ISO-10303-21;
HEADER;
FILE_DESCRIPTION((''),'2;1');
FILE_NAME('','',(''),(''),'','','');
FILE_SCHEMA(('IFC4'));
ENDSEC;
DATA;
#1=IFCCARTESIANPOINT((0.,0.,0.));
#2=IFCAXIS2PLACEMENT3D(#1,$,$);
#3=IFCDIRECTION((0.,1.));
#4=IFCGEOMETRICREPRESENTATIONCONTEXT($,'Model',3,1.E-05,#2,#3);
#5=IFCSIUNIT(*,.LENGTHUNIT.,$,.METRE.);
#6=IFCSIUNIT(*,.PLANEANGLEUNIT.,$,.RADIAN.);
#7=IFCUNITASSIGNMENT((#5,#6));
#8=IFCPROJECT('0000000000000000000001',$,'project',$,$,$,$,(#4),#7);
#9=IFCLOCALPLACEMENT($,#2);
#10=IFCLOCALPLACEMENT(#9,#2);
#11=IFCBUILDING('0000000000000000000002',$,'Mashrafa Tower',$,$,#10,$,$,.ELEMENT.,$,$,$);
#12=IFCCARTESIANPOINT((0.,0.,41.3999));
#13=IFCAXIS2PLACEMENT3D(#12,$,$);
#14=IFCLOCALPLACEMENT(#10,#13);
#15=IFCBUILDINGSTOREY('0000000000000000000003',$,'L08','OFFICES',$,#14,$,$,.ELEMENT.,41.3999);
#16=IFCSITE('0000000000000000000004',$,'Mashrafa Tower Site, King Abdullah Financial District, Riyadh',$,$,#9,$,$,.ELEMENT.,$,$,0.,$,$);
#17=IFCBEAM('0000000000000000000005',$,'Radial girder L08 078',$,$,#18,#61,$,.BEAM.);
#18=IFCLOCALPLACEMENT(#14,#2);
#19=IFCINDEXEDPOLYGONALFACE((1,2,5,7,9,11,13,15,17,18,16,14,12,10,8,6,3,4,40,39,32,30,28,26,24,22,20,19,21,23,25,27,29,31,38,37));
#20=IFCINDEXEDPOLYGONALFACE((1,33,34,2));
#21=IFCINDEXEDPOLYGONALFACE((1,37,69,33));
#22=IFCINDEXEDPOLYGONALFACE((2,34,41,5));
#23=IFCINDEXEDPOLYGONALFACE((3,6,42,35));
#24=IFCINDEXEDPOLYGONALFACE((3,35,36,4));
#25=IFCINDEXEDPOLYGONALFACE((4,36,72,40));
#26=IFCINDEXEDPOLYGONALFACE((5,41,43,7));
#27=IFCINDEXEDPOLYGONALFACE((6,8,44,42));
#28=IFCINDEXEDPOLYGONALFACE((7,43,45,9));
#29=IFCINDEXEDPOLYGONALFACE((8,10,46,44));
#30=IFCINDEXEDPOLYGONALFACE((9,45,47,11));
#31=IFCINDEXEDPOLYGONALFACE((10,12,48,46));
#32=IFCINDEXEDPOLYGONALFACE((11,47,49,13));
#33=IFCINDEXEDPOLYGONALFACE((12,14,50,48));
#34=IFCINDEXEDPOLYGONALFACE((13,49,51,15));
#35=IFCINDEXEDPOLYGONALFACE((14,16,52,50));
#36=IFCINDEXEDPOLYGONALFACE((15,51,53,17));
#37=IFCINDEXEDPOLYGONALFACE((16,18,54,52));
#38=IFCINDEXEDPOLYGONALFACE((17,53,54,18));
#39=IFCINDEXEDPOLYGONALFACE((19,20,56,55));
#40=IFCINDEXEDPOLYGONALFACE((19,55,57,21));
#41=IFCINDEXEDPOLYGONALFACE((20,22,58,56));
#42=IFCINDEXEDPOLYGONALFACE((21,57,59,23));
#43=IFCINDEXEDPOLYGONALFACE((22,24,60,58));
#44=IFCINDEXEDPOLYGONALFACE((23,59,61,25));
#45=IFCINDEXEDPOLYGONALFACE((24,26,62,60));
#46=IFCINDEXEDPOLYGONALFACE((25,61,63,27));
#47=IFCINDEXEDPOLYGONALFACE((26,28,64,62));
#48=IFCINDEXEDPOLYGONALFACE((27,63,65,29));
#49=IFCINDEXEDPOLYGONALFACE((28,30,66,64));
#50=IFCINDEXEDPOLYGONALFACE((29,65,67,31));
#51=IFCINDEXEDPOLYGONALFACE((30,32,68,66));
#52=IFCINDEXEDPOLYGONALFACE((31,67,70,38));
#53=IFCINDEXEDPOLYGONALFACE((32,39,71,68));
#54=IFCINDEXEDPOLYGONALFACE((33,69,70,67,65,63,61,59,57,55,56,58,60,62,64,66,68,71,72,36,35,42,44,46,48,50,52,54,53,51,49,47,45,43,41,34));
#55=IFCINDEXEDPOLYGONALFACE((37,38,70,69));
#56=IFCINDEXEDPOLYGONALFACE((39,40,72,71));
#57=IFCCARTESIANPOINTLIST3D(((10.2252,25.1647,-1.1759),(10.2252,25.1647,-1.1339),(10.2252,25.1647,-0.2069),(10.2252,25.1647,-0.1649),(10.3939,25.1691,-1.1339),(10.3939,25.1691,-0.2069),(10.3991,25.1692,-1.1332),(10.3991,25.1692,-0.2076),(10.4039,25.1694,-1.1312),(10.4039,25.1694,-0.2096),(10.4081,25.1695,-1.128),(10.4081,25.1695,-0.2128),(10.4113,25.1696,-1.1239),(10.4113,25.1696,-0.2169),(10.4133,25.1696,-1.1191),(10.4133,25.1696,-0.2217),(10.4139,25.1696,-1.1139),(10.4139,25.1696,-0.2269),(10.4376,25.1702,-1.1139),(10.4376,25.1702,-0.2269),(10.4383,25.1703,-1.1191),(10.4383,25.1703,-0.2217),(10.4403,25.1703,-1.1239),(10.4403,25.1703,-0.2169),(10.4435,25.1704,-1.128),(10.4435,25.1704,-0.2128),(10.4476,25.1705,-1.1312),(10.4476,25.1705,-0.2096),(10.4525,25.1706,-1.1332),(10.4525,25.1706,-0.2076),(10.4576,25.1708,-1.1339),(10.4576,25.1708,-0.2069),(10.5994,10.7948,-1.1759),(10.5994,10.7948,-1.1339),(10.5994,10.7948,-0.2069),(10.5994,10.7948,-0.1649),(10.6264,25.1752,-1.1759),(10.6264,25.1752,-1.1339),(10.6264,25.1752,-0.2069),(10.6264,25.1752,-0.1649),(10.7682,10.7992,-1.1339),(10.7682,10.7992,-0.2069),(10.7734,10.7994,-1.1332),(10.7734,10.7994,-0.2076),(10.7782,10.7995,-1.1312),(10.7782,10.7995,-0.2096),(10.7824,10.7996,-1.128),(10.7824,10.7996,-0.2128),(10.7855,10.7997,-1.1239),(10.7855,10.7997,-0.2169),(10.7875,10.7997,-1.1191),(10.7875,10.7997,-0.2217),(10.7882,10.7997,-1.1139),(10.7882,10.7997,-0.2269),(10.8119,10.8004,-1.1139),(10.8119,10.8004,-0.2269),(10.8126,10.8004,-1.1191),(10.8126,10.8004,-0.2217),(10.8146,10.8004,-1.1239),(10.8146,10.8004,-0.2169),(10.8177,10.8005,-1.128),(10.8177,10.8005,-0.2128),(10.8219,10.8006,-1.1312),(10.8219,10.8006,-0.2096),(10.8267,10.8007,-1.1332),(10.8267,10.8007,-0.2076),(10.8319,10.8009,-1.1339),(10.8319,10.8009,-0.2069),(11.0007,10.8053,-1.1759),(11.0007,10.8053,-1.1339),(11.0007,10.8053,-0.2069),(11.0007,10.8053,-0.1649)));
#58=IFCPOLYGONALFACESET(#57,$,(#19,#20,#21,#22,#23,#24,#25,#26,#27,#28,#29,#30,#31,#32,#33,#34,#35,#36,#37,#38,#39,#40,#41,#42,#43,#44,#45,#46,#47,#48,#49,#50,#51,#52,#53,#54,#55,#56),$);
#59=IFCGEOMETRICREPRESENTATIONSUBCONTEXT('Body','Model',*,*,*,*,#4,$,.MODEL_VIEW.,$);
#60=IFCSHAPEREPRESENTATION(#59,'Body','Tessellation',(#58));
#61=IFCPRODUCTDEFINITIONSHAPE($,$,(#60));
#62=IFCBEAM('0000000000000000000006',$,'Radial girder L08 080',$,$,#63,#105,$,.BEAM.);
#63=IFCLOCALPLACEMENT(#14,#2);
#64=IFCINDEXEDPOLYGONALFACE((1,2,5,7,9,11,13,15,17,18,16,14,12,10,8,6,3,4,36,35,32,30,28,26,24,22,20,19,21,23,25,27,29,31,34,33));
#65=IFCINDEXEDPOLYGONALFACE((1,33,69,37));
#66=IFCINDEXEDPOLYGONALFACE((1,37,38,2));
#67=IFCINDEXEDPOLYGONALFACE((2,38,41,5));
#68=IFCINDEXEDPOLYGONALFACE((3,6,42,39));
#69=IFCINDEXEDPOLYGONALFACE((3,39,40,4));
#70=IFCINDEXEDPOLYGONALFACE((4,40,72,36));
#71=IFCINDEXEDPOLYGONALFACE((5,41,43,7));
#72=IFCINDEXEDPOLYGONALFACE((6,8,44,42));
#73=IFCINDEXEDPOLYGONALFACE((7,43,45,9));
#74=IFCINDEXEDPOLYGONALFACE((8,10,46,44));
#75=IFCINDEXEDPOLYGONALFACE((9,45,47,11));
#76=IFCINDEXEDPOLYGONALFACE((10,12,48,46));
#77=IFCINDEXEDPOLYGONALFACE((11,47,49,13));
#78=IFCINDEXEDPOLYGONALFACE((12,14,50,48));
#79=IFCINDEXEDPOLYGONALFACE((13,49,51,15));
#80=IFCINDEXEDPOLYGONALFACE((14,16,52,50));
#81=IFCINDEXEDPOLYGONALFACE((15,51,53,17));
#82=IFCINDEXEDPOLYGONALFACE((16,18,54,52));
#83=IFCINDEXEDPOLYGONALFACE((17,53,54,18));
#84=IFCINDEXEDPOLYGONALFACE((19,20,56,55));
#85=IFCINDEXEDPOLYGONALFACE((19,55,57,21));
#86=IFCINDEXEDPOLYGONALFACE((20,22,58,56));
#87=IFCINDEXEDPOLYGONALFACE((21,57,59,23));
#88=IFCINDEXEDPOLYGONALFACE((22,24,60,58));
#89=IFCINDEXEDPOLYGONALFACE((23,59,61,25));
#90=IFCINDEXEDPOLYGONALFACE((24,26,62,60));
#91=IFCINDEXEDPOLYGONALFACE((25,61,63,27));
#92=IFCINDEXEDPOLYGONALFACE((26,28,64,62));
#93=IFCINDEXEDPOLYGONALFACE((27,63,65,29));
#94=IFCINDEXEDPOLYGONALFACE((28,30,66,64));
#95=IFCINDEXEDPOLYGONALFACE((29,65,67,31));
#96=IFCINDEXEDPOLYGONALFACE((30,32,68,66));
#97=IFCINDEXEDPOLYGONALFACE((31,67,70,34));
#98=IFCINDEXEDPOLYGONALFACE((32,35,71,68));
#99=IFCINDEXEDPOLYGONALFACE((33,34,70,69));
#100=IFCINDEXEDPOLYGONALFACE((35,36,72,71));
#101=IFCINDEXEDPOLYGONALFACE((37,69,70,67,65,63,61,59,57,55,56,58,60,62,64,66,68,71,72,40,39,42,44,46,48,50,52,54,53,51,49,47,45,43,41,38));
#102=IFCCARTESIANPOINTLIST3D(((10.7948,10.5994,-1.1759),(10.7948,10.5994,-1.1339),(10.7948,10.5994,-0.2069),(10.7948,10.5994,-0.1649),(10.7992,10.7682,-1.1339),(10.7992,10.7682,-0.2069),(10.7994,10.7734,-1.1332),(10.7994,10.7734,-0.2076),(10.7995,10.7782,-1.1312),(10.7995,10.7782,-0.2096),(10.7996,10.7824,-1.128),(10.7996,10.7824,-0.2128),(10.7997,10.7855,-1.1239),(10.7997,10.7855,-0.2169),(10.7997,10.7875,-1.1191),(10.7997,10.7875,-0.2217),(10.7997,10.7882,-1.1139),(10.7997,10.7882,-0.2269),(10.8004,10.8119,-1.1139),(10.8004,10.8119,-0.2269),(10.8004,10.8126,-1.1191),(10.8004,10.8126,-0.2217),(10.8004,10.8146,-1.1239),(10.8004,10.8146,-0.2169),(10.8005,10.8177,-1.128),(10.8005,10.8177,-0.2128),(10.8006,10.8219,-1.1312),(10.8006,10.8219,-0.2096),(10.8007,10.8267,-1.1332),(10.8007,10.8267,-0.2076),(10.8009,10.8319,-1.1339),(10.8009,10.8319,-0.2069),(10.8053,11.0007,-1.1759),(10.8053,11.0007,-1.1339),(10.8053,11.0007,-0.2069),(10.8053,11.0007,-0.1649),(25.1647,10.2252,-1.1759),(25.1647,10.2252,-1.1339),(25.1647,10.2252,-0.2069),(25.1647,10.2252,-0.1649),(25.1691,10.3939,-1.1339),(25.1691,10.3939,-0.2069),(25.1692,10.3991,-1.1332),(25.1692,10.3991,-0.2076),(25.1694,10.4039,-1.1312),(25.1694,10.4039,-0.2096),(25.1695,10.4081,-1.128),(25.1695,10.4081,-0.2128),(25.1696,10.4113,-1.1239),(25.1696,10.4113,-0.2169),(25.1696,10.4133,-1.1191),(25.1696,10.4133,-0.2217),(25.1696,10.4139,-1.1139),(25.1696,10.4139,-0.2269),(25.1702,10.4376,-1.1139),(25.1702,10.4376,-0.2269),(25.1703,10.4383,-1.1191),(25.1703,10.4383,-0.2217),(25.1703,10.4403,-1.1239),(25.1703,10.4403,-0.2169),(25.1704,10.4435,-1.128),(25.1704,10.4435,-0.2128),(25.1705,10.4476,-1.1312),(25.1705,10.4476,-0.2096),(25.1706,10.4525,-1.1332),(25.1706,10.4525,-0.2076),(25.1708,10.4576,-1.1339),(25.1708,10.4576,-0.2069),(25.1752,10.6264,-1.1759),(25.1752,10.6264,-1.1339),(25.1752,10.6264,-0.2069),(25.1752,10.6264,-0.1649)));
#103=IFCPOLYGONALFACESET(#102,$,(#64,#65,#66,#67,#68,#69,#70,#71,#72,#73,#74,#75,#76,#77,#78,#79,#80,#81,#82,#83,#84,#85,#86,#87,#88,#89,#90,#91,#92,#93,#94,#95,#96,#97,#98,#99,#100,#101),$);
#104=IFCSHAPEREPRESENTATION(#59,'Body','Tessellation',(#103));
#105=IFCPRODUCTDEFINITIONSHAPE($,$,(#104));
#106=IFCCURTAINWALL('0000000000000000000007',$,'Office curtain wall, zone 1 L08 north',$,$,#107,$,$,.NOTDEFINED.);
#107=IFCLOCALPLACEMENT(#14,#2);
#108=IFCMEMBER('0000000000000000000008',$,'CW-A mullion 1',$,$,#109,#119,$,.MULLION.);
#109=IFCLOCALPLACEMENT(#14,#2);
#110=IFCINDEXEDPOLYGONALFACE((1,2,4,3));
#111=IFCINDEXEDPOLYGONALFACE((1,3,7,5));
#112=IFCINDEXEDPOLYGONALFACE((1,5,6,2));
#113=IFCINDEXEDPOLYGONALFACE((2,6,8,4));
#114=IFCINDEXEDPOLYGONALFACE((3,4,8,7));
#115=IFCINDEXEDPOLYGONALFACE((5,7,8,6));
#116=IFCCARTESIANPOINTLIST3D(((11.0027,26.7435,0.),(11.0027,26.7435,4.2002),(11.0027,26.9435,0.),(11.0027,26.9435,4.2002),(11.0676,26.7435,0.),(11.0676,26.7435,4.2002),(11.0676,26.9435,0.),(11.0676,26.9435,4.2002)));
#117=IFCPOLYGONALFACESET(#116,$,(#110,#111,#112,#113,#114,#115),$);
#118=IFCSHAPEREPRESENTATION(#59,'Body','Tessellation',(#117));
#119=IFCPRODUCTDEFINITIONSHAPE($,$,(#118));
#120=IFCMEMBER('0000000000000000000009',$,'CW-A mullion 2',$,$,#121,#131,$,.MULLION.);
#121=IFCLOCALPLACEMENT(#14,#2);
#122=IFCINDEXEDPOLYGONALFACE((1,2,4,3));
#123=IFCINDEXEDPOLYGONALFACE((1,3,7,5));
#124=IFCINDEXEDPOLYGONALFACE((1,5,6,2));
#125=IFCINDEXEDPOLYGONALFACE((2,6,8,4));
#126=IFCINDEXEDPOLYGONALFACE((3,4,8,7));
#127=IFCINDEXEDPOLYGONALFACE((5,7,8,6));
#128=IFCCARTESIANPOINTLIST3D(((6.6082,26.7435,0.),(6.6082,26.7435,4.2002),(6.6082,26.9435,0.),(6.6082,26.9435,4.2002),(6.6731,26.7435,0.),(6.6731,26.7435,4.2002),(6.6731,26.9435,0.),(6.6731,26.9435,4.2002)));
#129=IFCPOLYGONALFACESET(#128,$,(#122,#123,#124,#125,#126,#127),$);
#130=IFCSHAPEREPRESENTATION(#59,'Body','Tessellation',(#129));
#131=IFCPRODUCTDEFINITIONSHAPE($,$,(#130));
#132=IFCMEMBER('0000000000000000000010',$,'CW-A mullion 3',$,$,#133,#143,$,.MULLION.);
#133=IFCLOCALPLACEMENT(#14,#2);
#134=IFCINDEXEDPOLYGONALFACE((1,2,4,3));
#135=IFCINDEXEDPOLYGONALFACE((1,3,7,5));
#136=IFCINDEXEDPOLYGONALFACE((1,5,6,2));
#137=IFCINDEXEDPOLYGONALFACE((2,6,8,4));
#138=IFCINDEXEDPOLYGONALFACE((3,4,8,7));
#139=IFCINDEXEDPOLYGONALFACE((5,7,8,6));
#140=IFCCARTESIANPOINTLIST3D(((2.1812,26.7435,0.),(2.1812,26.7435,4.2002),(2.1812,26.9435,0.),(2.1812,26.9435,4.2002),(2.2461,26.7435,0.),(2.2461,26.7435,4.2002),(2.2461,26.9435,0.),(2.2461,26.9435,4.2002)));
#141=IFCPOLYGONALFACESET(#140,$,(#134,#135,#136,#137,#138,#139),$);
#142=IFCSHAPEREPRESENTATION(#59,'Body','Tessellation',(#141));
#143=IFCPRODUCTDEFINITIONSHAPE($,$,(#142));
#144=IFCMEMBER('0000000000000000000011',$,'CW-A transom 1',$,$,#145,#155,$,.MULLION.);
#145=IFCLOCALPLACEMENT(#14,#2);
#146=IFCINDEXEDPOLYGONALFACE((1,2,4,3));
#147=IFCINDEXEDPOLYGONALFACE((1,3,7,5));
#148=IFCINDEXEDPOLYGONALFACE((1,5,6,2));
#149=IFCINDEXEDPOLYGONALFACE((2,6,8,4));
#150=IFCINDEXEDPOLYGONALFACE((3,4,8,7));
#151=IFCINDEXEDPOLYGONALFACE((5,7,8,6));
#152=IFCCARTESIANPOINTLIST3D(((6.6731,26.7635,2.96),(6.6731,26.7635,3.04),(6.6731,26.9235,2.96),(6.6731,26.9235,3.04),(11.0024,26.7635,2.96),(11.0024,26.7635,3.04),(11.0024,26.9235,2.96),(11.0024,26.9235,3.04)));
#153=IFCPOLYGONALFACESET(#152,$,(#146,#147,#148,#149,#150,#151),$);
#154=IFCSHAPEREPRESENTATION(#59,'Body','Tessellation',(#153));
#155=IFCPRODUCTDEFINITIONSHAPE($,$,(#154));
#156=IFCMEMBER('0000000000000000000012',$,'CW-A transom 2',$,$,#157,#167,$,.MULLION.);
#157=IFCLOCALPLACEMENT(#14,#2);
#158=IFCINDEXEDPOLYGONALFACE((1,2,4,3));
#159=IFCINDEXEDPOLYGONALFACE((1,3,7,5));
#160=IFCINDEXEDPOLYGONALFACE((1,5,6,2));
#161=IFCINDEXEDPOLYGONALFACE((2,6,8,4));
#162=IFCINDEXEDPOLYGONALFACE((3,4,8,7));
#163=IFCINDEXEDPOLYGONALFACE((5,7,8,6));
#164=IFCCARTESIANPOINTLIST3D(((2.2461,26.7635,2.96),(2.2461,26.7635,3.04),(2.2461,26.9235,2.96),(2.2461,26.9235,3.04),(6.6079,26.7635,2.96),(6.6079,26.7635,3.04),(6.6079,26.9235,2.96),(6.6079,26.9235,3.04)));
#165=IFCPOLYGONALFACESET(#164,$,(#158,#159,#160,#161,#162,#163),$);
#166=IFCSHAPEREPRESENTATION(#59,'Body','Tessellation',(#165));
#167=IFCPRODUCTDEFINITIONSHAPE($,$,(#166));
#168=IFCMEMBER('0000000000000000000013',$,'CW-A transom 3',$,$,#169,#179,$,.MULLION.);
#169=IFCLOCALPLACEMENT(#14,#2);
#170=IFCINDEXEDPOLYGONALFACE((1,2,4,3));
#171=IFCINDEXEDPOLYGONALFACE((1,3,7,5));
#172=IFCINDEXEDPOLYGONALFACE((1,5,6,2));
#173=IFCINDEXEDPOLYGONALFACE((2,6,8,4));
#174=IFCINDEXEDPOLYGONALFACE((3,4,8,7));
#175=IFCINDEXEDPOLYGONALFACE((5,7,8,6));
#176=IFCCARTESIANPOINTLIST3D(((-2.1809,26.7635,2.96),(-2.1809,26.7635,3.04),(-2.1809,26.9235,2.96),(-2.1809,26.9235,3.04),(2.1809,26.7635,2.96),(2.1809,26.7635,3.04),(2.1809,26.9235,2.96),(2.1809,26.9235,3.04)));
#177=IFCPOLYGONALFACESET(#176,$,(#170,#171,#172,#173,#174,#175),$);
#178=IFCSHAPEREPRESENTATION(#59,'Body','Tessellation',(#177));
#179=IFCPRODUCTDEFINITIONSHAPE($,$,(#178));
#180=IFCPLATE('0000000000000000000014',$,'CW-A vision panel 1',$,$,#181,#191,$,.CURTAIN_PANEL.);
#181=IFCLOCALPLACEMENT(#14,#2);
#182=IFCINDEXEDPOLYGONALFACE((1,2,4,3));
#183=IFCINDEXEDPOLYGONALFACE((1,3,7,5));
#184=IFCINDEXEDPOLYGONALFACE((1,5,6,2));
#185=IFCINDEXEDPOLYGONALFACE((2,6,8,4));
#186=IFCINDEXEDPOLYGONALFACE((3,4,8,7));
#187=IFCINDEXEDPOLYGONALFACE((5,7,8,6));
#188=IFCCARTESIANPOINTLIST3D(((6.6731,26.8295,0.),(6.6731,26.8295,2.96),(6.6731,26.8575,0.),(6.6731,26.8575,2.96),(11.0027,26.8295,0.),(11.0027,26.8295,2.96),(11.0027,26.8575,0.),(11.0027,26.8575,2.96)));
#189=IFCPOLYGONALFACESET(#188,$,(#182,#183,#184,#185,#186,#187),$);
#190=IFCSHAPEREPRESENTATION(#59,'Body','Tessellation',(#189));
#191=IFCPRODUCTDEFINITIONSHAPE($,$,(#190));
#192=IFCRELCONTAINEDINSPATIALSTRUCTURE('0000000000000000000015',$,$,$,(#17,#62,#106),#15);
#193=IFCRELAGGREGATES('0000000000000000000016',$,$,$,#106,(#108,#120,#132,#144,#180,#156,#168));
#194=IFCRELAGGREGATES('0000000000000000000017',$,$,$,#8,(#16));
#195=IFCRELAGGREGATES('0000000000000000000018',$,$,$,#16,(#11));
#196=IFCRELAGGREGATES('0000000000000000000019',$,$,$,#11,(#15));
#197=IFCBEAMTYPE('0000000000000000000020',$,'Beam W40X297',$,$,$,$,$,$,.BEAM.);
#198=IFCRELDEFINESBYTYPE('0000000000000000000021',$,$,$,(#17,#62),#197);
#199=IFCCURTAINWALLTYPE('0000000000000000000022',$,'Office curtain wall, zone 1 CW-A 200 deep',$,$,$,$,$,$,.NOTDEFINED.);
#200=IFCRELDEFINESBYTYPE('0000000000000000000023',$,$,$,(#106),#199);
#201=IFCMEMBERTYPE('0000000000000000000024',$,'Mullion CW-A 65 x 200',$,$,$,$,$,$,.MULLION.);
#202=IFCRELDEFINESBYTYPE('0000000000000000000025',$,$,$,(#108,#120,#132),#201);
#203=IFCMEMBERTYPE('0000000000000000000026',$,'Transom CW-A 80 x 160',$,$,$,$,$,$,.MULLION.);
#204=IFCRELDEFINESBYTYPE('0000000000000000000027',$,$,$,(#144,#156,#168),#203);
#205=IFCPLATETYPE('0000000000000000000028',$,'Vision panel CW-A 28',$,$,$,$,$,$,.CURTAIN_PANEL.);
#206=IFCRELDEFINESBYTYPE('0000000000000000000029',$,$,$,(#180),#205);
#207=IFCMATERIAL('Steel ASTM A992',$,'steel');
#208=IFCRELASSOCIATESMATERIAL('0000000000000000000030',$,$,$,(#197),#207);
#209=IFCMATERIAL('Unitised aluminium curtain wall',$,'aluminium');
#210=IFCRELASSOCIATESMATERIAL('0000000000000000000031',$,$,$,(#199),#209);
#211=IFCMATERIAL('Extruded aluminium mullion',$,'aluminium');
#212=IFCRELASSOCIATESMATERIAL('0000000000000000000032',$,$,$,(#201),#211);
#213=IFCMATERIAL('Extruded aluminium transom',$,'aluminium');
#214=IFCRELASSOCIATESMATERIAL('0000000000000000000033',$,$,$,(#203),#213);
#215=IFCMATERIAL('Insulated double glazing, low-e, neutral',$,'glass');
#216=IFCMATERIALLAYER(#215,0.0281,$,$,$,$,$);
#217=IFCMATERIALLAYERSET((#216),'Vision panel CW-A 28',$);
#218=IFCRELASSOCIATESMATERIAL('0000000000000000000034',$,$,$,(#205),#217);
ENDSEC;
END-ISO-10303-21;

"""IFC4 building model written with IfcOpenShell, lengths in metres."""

from ifc_helpers import new_model, si_unit, direction, frame, origin, origin_2d, place, context, subcontext, project, spatial, rectangle, i_section, extrude, source, transform, mapped, material, layer, layer_set, material_profile, profile_set, type_object, type_shapes, element, aggregate, save


model = new_model("IFC4")

# Units and contexts
model_context = context("Model", 3, precision=1e-05, world=origin(), true_north=direction((0.0, 1.0)))
body_context = subcontext(model_context, "Body", "Model", "MODEL_VIEW")
ifc_project = project(units=[si_unit("LENGTHUNIT", "METRE"), si_unit("PLANEANGLEUNIT", "RADIAN")], contexts=[model_context])

# Site, building, storey
site_placement = place(None, origin())
site = spatial("IfcSite", under=ifc_project, at=site_placement, Name="Mashrafa Tower Site, King Abdullah Financial District, Riyadh", CompositionType="ELEMENT", RefElevation=0.0)
building_placement = place(site_placement, origin())
building = spatial("IfcBuilding", under=site, at=building_placement, Name="Mashrafa Tower", CompositionType="ELEMENT")
storey_placement = place(building_placement, frame((0.0, 0.0, 41.3999)))
storey = spatial("IfcBuildingStorey", under=building, at=storey_placement, Name="L08", Description="OFFICES", CompositionType="ELEMENT", Elevation=41.3999)

# Beams
ifc_material_1 = material(Name="Steel ASTM A992", Category="steel")
ifc_material_profile_1 = material_profile(ifc_material_1, i_section(OverallWidth=0.4014, OverallDepth=1.011, WebThickness=0.0237, FlangeThickness=0.042, FilletRadius=0.02, at=origin_2d()), Name="W40X297")
ifc_profile_set_1 = profile_set([ifc_material_profile_1], Name="Steel ASTM A992")
beam_type_1 = type_object("IfcBeamType", Name="Beam W40X297", PredefinedType="BEAM", material=ifc_profile_set_1)
for number, where, z_axis, x_axis, name in (
    (1, (10.8, 10.8, -0.6704), (-0.026036, 0.999661, 0.0), (-0.999661, -0.026036, 0.0), "Radial girder L08 078"),
    (2, (10.8, 10.8, -0.6704), (0.999661, -0.026036, 0.0), (0.026036, 0.999661, 0.0), "Radial girder L08 080"),
):
    element("IfcBeam", number, at=place(storey_placement, frame(where, z_axis=z_axis, x_axis=x_axis)), inside=storey, type_object=beam_type_1, Name=name, PredefinedType="BEAM", context=body_context, shape_type="SweptSolid", body=[
        extrude(i_section(OverallWidth=0.4014, OverallDepth=1.011, WebThickness=0.0237, FlangeThickness=0.042, FilletRadius=0.02, at=origin_2d()), origin(), (0.0, 0.0, 1.0), 14.3748),
    ])

# Curtain wall, members, plate
ifc_material_2 = material(Name="Unitised aluminium curtain wall", Category="aluminium")
curtain_wall_type = type_object("IfcCurtainWallType", Name="Office curtain wall, zone 1 CW-A 200 deep", PredefinedType="NOTDEFINED", material=ifc_material_2)
curtain_wall_placement = place(storey_placement, origin())
curtain_wall = element("IfcCurtainWall", 3, at=curtain_wall_placement, inside=storey, type_object=curtain_wall_type, Name="Office curtain wall, zone 1 L08 north", PredefinedType="NOTDEFINED")
ifc_material_3 = material(Name="Extruded aluminium mullion", Category="aluminium")
ifc_material_profile_2 = material_profile(ifc_material_3, rectangle(XDim=0.2, YDim=0.0649, at=origin_2d()), Name="Mullion 65x200")
ifc_profile_set_2 = profile_set([ifc_material_profile_2], Name="Extruded aluminium mullion")
member_type_1 = type_object("IfcMemberType", Name="Mullion CW-A 65 x 200", PredefinedType="MULLION", material=ifc_profile_set_2)
shared_shape_1 = source(origin(), body_context, "Body", "SweptSolid", [
    extrude(rectangle(XDim=0.2, YDim=0.0649, at=origin_2d()), origin(), (0.0, 0.0, 1.0), 4.2002),
])
type_shapes(member_type_1, [shared_shape_1])
member_1_placement = place(storey_placement, frame((11.0352, 26.8435, 0.0), z_axis=(0.0, 0.0, 1.0), x_axis=(0.0, -1.0, 0.0)))
member_1 = element("IfcMember", 4, at=member_1_placement, type_object=member_type_1, Name="CW-A mullion 1", PredefinedType="MULLION", context=body_context, shape_type="MappedRepresentation", body=[
    mapped(shared_shape_1, transform((0.0, 0.0, 0.0))),
])
member_2_placement = place(storey_placement, frame((6.6406, 26.8435, 0.0), z_axis=(0.0, 0.0, 1.0), x_axis=(0.0, -1.0, 0.0)))
member_2 = element("IfcMember", 5, at=member_2_placement, type_object=member_type_1, Name="CW-A mullion 2", PredefinedType="MULLION", context=body_context, shape_type="MappedRepresentation", body=[
    mapped(shared_shape_1, transform((0.0, 0.0, 0.0))),
])
member_3_placement = place(storey_placement, frame((2.2136, 26.8435, 0.0), z_axis=(0.0, 0.0, 1.0), x_axis=(0.0, -1.0, 0.0)))
member_3 = element("IfcMember", 6, at=member_3_placement, type_object=member_type_1, Name="CW-A mullion 3", PredefinedType="MULLION", context=body_context, shape_type="MappedRepresentation", body=[
    mapped(shared_shape_1, transform((0.0, 0.0, 0.0))),
])
ifc_material_4 = material(Name="Extruded aluminium transom", Category="aluminium")
ifc_material_profile_3 = material_profile(ifc_material_4, rectangle(XDim=0.1599, YDim=0.0801, at=origin_2d()), Name="Transom 80x160")
ifc_profile_set_3 = profile_set([ifc_material_profile_3], Name="Extruded aluminium transom")
member_type_2 = type_object("IfcMemberType", Name="Transom CW-A 80 x 160", PredefinedType="MULLION", material=ifc_profile_set_3)
shared_shape_2 = source(origin(), body_context, "Body", "SweptSolid", [
    extrude(rectangle(XDim=0.1599, YDim=0.0801, at=origin_2d()), origin(), (0.0, 0.0, 1.0), 4.3293),
])
member_4_placement = place(storey_placement, frame((11.0024, 26.8435, 3.0), z_axis=(-1.0, 0.0, 0.0), x_axis=(0.0, -1.0, 0.0)))
member_4 = element("IfcMember", 7, at=member_4_placement, type_object=member_type_2, Name="CW-A transom 1", PredefinedType="MULLION", context=body_context, shape_type="MappedRepresentation", body=[
    mapped(shared_shape_2, transform((0.0, 0.0, 0.0))),
])
shared_shape_3 = source(origin(), body_context, "Body", "SweptSolid", [
    extrude(rectangle(XDim=0.1599, YDim=0.0801, at=origin_2d()), origin(), (0.0, 0.0, 1.0), 4.3618),
])
type_shapes(member_type_2, [shared_shape_2, shared_shape_3])
member_5_placement = place(storey_placement, frame((6.6079, 26.8435, 3.0), z_axis=(-1.0, 0.0, 0.0), x_axis=(0.0, -1.0, 0.0)))
member_5 = element("IfcMember", 8, at=member_5_placement, type_object=member_type_2, Name="CW-A transom 2", PredefinedType="MULLION", context=body_context, shape_type="MappedRepresentation", body=[
    mapped(shared_shape_3, transform((0.0, 0.0, 0.0))),
])
member_6_placement = place(storey_placement, frame((2.1809, 26.8435, 3.0), z_axis=(-1.0, 0.0, 0.0), x_axis=(0.0, -1.0, 0.0)))
member_6 = element("IfcMember", 9, at=member_6_placement, type_object=member_type_2, Name="CW-A transom 3", PredefinedType="MULLION", context=body_context, shape_type="MappedRepresentation", body=[
    mapped(shared_shape_3, transform((0.0, 0.0, 0.0))),
])
ifc_material_5 = material(Name="Insulated double glazing, low-e, neutral", Category="glass")
ifc_layer_1 = layer(ifc_material_5, 0.0281)
ifc_layer_set_1 = layer_set([ifc_layer_1], Name="Vision panel CW-A 28")
plate_type_1 = type_object("IfcPlateType", Name="Vision panel CW-A 28", PredefinedType="CURTAIN_PANEL", material=ifc_layer_set_1)
shared_shape_4 = source(origin(), body_context, "Body", "SweptSolid", [
    extrude(rectangle(XDim=4.3296, YDim=0.0281, at=origin_2d()), origin(), (0.0, 0.0, 1.0), 2.96),
])
plate_1_placement = place(storey_placement, frame((8.8379, 26.8435, 0.0), z_axis=(0.0, 0.0, 1.0), x_axis=(-1.0, 0.0, 0.0)))
plate_1 = element("IfcPlate", 10, at=plate_1_placement, type_object=plate_type_1, Name="CW-A vision panel 1", PredefinedType="CURTAIN_PANEL", context=body_context, shape_type="MappedRepresentation", body=[
    mapped(shared_shape_4, transform((0.0, 0.0, 0.0))),
])
aggregate(curtain_wall, [member_1, member_2, member_3, member_4, plate_1, member_5, member_6])

save(model, "model.ifc")
